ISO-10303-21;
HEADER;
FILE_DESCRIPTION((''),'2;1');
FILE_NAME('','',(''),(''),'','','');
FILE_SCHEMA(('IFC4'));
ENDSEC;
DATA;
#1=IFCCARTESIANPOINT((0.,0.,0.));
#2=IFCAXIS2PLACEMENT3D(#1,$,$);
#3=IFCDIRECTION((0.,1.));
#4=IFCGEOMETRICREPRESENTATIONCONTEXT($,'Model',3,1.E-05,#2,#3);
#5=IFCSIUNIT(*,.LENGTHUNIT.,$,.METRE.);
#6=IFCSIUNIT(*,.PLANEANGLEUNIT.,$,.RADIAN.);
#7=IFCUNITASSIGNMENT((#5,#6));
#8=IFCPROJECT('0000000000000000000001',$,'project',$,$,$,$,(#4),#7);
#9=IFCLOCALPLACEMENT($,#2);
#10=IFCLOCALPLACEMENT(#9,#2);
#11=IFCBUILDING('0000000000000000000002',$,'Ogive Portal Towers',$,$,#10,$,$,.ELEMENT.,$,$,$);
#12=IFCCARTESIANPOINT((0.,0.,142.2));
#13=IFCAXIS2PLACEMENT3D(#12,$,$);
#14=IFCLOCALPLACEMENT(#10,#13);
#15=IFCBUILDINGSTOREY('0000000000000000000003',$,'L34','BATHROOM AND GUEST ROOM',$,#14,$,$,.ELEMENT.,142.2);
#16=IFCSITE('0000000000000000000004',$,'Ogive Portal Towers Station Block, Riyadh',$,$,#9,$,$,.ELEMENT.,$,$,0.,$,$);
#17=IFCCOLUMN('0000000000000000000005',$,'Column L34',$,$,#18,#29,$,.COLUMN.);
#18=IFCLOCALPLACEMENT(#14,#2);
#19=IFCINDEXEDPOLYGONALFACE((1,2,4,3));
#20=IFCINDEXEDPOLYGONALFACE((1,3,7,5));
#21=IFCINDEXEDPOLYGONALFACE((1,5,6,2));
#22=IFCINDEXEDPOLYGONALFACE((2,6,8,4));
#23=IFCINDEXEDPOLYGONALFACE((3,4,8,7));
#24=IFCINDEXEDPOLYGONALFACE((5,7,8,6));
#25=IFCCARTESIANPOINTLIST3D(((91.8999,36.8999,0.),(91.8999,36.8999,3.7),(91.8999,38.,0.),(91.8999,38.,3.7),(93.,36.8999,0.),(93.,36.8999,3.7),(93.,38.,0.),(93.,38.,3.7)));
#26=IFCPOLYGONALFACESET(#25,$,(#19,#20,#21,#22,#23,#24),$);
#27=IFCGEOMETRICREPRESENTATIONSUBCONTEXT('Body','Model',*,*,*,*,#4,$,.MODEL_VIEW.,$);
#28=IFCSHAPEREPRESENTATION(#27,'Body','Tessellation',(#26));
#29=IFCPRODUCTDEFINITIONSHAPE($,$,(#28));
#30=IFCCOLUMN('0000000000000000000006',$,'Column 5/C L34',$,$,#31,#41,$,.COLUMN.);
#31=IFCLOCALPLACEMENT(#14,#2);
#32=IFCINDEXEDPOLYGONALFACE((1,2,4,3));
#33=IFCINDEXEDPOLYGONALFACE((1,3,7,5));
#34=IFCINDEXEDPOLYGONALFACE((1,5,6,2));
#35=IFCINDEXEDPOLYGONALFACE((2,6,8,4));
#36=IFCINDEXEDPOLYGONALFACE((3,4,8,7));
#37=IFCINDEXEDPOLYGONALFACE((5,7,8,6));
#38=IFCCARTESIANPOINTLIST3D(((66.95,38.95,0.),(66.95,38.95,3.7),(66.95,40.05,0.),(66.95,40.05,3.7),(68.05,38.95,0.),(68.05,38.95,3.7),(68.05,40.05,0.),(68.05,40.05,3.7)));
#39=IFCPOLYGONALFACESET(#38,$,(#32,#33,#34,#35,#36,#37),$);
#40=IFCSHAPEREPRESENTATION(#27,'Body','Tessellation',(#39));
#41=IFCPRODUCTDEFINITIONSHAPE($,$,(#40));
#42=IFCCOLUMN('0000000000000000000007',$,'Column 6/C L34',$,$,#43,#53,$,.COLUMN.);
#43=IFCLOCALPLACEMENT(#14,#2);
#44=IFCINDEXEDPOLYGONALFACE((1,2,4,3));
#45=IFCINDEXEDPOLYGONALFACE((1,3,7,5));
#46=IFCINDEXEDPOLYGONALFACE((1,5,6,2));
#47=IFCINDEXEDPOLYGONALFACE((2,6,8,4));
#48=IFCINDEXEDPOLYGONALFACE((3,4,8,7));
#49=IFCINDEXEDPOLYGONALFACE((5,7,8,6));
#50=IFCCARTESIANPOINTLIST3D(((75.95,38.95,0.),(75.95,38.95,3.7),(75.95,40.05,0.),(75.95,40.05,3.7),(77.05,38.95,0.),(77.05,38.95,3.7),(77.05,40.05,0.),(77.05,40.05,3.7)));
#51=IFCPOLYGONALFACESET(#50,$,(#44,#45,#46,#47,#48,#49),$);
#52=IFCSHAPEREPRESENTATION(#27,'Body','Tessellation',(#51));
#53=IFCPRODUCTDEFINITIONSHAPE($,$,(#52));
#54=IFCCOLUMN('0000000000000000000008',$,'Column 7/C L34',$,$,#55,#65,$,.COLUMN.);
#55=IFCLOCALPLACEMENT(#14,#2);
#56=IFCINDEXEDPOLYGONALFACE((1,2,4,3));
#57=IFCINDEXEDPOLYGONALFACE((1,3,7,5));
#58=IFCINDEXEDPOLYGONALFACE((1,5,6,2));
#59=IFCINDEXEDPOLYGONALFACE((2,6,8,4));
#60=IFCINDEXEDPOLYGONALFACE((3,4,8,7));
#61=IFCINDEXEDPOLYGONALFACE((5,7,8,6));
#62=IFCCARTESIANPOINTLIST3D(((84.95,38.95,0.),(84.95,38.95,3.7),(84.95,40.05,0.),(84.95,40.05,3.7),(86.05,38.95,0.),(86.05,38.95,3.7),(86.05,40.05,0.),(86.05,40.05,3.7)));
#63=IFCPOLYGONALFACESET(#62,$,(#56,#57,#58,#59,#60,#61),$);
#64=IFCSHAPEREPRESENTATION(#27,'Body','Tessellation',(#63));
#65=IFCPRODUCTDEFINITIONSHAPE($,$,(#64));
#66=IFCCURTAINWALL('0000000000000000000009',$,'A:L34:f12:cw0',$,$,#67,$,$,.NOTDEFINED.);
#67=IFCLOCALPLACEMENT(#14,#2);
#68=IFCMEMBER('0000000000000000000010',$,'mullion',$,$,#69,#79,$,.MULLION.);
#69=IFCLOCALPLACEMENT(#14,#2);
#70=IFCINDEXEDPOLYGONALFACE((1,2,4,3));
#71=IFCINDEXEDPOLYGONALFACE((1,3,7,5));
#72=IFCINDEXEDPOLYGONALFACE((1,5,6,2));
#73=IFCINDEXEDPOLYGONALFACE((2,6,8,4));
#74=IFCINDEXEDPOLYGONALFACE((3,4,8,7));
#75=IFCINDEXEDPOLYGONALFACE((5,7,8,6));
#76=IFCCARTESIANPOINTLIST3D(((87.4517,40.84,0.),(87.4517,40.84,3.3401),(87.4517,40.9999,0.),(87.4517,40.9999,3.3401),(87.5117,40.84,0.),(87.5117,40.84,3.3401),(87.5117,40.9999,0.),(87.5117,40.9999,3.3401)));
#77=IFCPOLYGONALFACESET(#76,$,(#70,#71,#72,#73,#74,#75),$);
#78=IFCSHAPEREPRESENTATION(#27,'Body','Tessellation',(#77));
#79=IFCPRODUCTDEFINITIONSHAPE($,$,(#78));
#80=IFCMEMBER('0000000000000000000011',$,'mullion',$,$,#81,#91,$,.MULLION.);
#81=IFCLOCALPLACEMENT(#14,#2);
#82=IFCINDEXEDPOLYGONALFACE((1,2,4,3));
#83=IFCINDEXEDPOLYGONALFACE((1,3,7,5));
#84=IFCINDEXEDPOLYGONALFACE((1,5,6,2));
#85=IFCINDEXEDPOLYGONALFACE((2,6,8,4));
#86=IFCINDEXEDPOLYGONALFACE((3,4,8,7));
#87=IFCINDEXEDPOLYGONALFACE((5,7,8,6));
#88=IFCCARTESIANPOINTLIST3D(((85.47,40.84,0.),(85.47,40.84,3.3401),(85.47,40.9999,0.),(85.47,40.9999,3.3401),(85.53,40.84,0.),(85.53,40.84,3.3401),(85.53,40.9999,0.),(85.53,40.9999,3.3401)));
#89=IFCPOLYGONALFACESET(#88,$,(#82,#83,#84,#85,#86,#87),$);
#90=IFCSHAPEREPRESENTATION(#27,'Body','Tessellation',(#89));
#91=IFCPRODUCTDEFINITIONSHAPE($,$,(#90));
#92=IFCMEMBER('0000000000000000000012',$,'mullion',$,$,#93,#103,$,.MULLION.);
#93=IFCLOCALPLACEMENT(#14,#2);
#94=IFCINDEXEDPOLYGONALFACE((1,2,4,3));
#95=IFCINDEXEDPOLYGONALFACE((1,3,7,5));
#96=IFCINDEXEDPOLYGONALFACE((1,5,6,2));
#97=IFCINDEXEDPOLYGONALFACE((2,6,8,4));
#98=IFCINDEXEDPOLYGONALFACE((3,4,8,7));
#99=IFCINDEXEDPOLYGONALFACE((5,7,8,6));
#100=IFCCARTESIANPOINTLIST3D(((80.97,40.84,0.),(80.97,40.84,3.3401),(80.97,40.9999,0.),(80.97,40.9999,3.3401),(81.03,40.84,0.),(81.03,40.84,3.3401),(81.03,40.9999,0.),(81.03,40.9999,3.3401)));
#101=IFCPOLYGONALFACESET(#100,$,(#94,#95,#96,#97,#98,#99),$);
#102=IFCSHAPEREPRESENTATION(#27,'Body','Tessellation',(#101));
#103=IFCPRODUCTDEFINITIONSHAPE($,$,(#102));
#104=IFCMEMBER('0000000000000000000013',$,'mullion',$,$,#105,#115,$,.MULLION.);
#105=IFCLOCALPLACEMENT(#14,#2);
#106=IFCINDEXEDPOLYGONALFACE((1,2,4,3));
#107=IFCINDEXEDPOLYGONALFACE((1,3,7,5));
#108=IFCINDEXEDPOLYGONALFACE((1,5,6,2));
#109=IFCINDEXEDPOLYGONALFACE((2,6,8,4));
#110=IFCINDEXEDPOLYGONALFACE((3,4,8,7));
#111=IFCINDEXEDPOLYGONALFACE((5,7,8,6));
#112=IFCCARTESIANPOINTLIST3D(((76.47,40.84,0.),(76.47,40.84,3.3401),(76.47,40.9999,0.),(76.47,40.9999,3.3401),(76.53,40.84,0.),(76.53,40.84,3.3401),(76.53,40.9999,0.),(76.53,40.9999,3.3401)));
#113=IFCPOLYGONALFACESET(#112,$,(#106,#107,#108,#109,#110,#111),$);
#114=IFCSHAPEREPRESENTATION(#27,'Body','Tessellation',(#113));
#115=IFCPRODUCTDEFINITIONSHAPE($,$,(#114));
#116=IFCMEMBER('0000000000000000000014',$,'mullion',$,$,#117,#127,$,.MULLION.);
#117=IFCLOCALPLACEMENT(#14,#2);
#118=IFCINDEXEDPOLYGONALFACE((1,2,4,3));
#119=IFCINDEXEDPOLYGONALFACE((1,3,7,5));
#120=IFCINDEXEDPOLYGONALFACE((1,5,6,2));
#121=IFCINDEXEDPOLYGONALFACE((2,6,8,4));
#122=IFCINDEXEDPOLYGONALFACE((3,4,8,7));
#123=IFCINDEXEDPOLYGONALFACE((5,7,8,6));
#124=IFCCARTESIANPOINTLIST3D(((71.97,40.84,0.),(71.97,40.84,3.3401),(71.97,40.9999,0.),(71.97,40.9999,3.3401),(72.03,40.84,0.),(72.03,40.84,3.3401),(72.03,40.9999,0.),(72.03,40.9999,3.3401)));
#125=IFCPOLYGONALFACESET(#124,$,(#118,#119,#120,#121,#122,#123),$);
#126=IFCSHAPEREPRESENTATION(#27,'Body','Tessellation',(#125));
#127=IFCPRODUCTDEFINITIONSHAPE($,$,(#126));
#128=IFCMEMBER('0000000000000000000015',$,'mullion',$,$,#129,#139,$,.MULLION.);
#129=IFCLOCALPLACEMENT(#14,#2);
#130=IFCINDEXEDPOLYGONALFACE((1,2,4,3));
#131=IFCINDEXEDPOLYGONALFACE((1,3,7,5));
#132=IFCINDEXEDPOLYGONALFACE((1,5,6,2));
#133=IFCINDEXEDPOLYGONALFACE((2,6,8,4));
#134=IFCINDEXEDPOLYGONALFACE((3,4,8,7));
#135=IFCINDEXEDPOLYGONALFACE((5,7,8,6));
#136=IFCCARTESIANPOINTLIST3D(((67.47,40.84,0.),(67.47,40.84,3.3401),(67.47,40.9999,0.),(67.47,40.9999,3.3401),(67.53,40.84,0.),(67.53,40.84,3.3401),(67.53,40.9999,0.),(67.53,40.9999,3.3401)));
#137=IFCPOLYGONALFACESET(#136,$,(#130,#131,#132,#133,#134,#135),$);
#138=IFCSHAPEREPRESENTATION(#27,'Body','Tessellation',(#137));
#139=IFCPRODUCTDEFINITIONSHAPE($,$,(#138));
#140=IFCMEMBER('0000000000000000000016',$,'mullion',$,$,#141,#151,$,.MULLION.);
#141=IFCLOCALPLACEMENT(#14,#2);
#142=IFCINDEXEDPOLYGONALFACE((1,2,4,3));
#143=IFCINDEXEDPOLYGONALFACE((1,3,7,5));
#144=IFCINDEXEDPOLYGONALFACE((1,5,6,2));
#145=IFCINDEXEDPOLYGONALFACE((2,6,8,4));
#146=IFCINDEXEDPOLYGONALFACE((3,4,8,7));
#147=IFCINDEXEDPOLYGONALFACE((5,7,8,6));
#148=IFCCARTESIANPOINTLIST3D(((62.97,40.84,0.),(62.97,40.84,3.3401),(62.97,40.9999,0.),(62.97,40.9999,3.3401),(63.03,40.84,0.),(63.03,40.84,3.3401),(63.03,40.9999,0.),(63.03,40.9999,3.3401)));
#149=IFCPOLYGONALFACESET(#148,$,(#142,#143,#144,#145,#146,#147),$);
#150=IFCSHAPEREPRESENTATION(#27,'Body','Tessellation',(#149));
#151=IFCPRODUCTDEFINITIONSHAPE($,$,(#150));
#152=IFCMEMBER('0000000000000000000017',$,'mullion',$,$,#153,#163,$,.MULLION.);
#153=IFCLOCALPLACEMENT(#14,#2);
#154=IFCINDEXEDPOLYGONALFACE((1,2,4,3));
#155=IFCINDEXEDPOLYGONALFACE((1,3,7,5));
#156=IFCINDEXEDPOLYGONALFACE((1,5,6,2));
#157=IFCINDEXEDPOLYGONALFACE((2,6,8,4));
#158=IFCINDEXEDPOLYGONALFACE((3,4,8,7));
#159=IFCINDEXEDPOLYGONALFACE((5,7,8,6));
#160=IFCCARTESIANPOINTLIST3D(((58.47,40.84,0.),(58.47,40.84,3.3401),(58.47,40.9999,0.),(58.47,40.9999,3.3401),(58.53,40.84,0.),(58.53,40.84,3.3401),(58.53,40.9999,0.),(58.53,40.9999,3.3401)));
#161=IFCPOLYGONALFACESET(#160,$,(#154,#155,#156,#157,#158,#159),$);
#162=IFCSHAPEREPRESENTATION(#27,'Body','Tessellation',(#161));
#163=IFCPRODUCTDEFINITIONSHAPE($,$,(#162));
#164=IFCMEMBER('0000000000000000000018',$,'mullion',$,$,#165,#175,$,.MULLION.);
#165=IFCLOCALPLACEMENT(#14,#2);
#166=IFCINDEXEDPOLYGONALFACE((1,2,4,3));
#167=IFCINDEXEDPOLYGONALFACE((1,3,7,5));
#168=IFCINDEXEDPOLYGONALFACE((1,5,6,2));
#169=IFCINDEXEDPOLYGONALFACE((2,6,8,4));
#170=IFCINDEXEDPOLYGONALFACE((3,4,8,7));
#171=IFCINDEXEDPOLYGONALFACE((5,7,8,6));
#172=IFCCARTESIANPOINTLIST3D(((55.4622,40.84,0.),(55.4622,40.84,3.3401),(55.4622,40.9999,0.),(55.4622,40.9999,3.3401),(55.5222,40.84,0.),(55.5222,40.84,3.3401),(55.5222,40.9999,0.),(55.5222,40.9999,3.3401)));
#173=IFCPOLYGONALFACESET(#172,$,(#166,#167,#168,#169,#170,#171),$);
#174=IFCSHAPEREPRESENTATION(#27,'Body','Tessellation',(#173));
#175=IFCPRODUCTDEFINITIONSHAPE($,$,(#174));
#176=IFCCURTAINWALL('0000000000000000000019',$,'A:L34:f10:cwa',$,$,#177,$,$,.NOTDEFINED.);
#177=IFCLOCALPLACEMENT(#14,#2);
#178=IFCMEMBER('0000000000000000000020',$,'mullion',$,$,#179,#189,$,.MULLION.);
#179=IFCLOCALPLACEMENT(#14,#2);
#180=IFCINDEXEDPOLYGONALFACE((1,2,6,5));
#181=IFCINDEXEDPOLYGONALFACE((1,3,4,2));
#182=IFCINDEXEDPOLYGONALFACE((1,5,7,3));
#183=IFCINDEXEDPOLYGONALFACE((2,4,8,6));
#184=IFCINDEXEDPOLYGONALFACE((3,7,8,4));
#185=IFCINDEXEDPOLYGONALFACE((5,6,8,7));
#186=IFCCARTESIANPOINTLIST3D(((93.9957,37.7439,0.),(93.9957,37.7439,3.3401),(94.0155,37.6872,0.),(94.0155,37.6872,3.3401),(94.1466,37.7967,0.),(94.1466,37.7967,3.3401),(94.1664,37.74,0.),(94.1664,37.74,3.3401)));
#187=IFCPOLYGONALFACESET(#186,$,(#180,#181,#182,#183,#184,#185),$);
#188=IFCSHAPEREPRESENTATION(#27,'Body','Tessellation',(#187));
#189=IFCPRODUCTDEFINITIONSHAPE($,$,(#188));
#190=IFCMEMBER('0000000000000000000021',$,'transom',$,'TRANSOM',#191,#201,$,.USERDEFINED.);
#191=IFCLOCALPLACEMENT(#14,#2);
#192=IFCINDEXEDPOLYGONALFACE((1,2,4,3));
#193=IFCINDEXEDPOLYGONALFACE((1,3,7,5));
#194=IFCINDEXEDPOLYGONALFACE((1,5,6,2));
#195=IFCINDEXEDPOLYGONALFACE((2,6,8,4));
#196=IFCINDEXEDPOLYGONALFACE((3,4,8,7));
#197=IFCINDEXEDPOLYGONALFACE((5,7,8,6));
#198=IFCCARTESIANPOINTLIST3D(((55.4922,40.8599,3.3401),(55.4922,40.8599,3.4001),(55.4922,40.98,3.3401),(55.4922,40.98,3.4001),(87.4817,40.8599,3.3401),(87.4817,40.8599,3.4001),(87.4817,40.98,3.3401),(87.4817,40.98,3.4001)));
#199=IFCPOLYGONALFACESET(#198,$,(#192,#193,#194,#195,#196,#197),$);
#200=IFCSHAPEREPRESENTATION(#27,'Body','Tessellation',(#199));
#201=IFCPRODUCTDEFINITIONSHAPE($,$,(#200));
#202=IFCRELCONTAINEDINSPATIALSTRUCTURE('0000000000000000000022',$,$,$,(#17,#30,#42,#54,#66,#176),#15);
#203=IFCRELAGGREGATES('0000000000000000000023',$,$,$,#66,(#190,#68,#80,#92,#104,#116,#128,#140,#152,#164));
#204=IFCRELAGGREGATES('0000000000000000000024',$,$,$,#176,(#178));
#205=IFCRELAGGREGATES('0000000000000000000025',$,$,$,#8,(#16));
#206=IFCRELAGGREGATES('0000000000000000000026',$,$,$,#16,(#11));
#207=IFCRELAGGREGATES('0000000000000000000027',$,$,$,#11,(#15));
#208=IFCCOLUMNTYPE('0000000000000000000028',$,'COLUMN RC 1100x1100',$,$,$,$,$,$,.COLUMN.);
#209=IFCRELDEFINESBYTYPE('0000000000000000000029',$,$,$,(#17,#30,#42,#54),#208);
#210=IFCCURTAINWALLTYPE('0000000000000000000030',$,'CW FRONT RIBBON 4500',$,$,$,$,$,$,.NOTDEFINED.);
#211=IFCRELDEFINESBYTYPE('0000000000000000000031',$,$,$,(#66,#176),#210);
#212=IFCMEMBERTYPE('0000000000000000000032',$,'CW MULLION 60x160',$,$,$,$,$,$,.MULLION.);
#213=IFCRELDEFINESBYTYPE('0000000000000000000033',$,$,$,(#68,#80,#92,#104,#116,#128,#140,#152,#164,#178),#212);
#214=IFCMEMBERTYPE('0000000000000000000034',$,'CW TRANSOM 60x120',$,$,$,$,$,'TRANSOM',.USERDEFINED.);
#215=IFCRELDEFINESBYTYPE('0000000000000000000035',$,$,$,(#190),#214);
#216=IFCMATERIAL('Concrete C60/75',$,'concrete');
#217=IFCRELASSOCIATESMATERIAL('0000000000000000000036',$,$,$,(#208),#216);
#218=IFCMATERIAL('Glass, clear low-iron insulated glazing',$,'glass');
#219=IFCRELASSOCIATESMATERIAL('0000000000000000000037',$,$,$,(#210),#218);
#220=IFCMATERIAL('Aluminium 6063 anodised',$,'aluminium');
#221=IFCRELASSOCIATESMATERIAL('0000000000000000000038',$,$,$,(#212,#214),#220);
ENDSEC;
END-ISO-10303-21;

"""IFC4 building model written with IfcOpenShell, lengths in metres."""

from ifc_helpers import new_model, si_unit, direction, frame, origin, origin_2d, place, context, subcontext, project, spatial, rectangle, extrude, material, material_profile, profile_set, type_object, element, aggregate, save


model = new_model("IFC4")

# Units and contexts
model_context = context("Model", 3, precision=1e-05, world=origin(), true_north=direction((0.0, 1.0)))
body_context = subcontext(model_context, "Body", "Model", "MODEL_VIEW")
ifc_project = project(units=[si_unit("LENGTHUNIT", "METRE"), si_unit("PLANEANGLEUNIT", "RADIAN")], contexts=[model_context])

# Site, building, storey
site_placement = place(None, origin())
site = spatial("IfcSite", under=ifc_project, at=site_placement, Name="Ogive Portal Towers Station Block, Riyadh", CompositionType="ELEMENT", RefElevation=0.0)
building_placement = place(site_placement, origin())
building = spatial("IfcBuilding", under=site, at=building_placement, Name="Ogive Portal Towers", CompositionType="ELEMENT")
storey_placement = place(building_placement, frame((0.0, 0.0, 142.2)))
storey = spatial("IfcBuildingStorey", under=building, at=storey_placement, Name="L34", Description="BATHROOM AND GUEST ROOM", CompositionType="ELEMENT", Elevation=142.2)

# Columns
ifc_material_1 = material(Name="Concrete C60/75", Category="concrete")
ifc_material_profile_1 = material_profile(ifc_material_1, rectangle(XDim=1.1001, YDim=1.1001, at=origin_2d()), Name="RC 1100x1100")
ifc_profile_set_1 = profile_set([ifc_material_profile_1], Name="Concrete C60/75")
column_type = type_object("IfcColumnType", Name="COLUMN RC 1100x1100", PredefinedType="COLUMN", material=ifc_profile_set_1)
for number, where, z_axis, x_axis, name in (
    (1, (92.45, 37.45, 0.0), (0.0, 0.0, 1.0), (1.0, 0.0, 0.0), "Column L34"),
    (2, (67.5, 39.5, 0.0), (0.0, 0.0, 1.0), (1.0, 0.0, 0.0), "Column 5/C L34"),
    (3, (76.5, 39.5, 0.0), (0.0, 0.0, 1.0), (1.0, 0.0, 0.0), "Column 6/C L34"),
    (4, (85.5, 39.5, 0.0), (0.0, 0.0, 1.0), (1.0, 0.0, 0.0), "Column 7/C L34"),
):
    element("IfcColumn", number, at=place(storey_placement, frame(where, z_axis=z_axis, x_axis=x_axis)), inside=storey, type_object=column_type, Name=name, PredefinedType="COLUMN", context=body_context, shape_type="SweptSolid", body=[
        extrude(rectangle(XDim=1.1001, YDim=1.1001, at=origin_2d()), origin(), (0.0, 0.0, 1.0), 3.7),
    ])

# Curtain wall, members
ifc_material_2 = material(Name="Glass, clear low-iron insulated glazing", Category="glass")
curtain_wall_type = type_object("IfcCurtainWallType", Name="CW FRONT RIBBON 4500", PredefinedType="NOTDEFINED", material=ifc_material_2)
curtain_wall_1_placement = place(storey_placement, origin())
curtain_wall_1 = element("IfcCurtainWall", 5, at=curtain_wall_1_placement, inside=storey, type_object=curtain_wall_type, Name="A:L34:f12:cw0", PredefinedType="NOTDEFINED")
ifc_material_3 = material(Name="Aluminium 6063 anodised", Category="aluminium")
ifc_material_profile_2 = material_profile(ifc_material_3, rectangle(XDim=0.1599, YDim=0.0601, at=origin_2d()), Name="AL 60x160")
ifc_profile_set_2 = profile_set([ifc_material_profile_2], Name="Aluminium 6063 anodised")
member_type_1 = type_object("IfcMemberType", Name="CW MULLION 60x160", PredefinedType="MULLION", material=ifc_profile_set_2)
member_1_placement = place(storey_placement, frame((87.4817, 40.9199, 0.0), z_axis=(0.0, 0.0, 1.0), x_axis=(0.0, -1.0, 0.0)))
member_1 = element("IfcMember", 6, at=member_1_placement, type_object=member_type_1, Name="mullion", PredefinedType="MULLION", context=body_context, shape_type="SweptSolid", body=[
    extrude(rectangle(XDim=0.1599, YDim=0.0601, at=origin_2d()), origin(), (0.0, 0.0, 1.0), 3.3401),
])
member_2_placement = place(storey_placement, frame((85.5, 40.9199, 0.0), z_axis=(0.0, 0.0, 1.0), x_axis=(0.0, -1.0, 0.0)))
member_2 = element("IfcMember", 7, at=member_2_placement, type_object=member_type_1, Name="mullion", PredefinedType="MULLION", context=body_context, shape_type="SweptSolid", body=[
    extrude(rectangle(XDim=0.1599, YDim=0.0601, at=origin_2d()), origin(), (0.0, 0.0, 1.0), 3.3401),
])
member_3_placement = place(storey_placement, frame((81.0, 40.9199, 0.0), z_axis=(0.0, 0.0, 1.0), x_axis=(0.0, -1.0, 0.0)))
member_3 = element("IfcMember", 8, at=member_3_placement, type_object=member_type_1, Name="mullion", PredefinedType="MULLION", context=body_context, shape_type="SweptSolid", body=[
    extrude(rectangle(XDim=0.1599, YDim=0.0601, at=origin_2d()), origin(), (0.0, 0.0, 1.0), 3.3401),
])
member_4_placement = place(storey_placement, frame((76.5, 40.9199, 0.0), z_axis=(0.0, 0.0, 1.0), x_axis=(0.0, -1.0, 0.0)))
member_4 = element("IfcMember", 9, at=member_4_placement, type_object=member_type_1, Name="mullion", PredefinedType="MULLION", context=body_context, shape_type="SweptSolid", body=[
    extrude(rectangle(XDim=0.1599, YDim=0.0601, at=origin_2d()), origin(), (0.0, 0.0, 1.0), 3.3401),
])
member_5_placement = place(storey_placement, frame((72.0, 40.9199, 0.0), z_axis=(0.0, 0.0, 1.0), x_axis=(0.0, -1.0, 0.0)))
member_5 = element("IfcMember", 10, at=member_5_placement, type_object=member_type_1, Name="mullion", PredefinedType="MULLION", context=body_context, shape_type="SweptSolid", body=[
    extrude(rectangle(XDim=0.1599, YDim=0.0601, at=origin_2d()), origin(), (0.0, 0.0, 1.0), 3.3401),
])
member_6_placement = place(storey_placement, frame((67.5, 40.9199, 0.0), z_axis=(0.0, 0.0, 1.0), x_axis=(0.0, -1.0, 0.0)))
member_6 = element("IfcMember", 11, at=member_6_placement, type_object=member_type_1, Name="mullion", PredefinedType="MULLION", context=body_context, shape_type="SweptSolid", body=[
    extrude(rectangle(XDim=0.1599, YDim=0.0601, at=origin_2d()), origin(), (0.0, 0.0, 1.0), 3.3401),
])
member_7_placement = place(storey_placement, frame((63.0, 40.9199, 0.0), z_axis=(0.0, 0.0, 1.0), x_axis=(0.0, -1.0, 0.0)))
member_7 = element("IfcMember", 12, at=member_7_placement, type_object=member_type_1, Name="mullion", PredefinedType="MULLION", context=body_context, shape_type="SweptSolid", body=[
    extrude(rectangle(XDim=0.1599, YDim=0.0601, at=origin_2d()), origin(), (0.0, 0.0, 1.0), 3.3401),
])
member_8_placement = place(storey_placement, frame((58.5, 40.9199, 0.0), z_axis=(0.0, 0.0, 1.0), x_axis=(0.0, -1.0, 0.0)))
member_8 = element("IfcMember", 13, at=member_8_placement, type_object=member_type_1, Name="mullion", PredefinedType="MULLION", context=body_context, shape_type="SweptSolid", body=[
    extrude(rectangle(XDim=0.1599, YDim=0.0601, at=origin_2d()), origin(), (0.0, 0.0, 1.0), 3.3401),
])
member_9_placement = place(storey_placement, frame((55.4922, 40.9199, 0.0), z_axis=(0.0, 0.0, 1.0), x_axis=(0.0, -1.0, 0.0)))
member_9 = element("IfcMember", 14, at=member_9_placement, type_object=member_type_1, Name="mullion", PredefinedType="MULLION", context=body_context, shape_type="SweptSolid", body=[
    extrude(rectangle(XDim=0.1599, YDim=0.0601, at=origin_2d()), origin(), (0.0, 0.0, 1.0), 3.3401),
])

# Curtain wall, member
curtain_wall_2_placement = place(storey_placement, origin())
curtain_wall_2 = element("IfcCurtainWall", 15, at=curtain_wall_2_placement, inside=storey, type_object=curtain_wall_type, Name="A:L34:f10:cwa", PredefinedType="NOTDEFINED")
member_10_placement = place(storey_placement, frame((94.0811, 37.7419, 0.0), z_axis=(0.0, 0.0, 1.0), x_axis=(-0.943883, -0.330279, 0.0)))
member_10 = element("IfcMember", 16, at=member_10_placement, type_object=member_type_1, Name="mullion", PredefinedType="MULLION", context=body_context, shape_type="SweptSolid", body=[
    extrude(rectangle(XDim=0.1599, YDim=0.0601, at=origin_2d()), origin(), (0.0, 0.0, 1.0), 3.3401),
])

# Member
ifc_material_profile_3 = material_profile(ifc_material_3, rectangle(XDim=0.1201, YDim=0.0601, at=origin_2d()), Name="AL 120x60")
ifc_profile_set_3 = profile_set([ifc_material_profile_3], Name="Aluminium 6063 anodised")
member_type_2 = type_object("IfcMemberType", Name="CW TRANSOM 60x120", ElementType="TRANSOM", PredefinedType="USERDEFINED", material=ifc_profile_set_3)
member_11_placement = place(storey_placement, frame((87.4817, 40.9199, 3.3701), z_axis=(-1.0, 0.0, 0.0), x_axis=(0.0, -1.0, 0.0)))
member_11 = element("IfcMember", 17, at=member_11_placement, type_object=member_type_2, Name="transom", ObjectType="TRANSOM", PredefinedType="USERDEFINED", context=body_context, shape_type="SweptSolid", body=[
    extrude(rectangle(XDim=0.1201, YDim=0.0601, at=origin_2d()), origin(), (0.0, 0.0, 1.0), 31.9895),
])

aggregate(curtain_wall_1, [member_11, member_1, member_2, member_3, member_4, member_5, member_6, member_7, member_8, member_9])
aggregate(curtain_wall_2, [member_10])

save(model, "model.ifc")
